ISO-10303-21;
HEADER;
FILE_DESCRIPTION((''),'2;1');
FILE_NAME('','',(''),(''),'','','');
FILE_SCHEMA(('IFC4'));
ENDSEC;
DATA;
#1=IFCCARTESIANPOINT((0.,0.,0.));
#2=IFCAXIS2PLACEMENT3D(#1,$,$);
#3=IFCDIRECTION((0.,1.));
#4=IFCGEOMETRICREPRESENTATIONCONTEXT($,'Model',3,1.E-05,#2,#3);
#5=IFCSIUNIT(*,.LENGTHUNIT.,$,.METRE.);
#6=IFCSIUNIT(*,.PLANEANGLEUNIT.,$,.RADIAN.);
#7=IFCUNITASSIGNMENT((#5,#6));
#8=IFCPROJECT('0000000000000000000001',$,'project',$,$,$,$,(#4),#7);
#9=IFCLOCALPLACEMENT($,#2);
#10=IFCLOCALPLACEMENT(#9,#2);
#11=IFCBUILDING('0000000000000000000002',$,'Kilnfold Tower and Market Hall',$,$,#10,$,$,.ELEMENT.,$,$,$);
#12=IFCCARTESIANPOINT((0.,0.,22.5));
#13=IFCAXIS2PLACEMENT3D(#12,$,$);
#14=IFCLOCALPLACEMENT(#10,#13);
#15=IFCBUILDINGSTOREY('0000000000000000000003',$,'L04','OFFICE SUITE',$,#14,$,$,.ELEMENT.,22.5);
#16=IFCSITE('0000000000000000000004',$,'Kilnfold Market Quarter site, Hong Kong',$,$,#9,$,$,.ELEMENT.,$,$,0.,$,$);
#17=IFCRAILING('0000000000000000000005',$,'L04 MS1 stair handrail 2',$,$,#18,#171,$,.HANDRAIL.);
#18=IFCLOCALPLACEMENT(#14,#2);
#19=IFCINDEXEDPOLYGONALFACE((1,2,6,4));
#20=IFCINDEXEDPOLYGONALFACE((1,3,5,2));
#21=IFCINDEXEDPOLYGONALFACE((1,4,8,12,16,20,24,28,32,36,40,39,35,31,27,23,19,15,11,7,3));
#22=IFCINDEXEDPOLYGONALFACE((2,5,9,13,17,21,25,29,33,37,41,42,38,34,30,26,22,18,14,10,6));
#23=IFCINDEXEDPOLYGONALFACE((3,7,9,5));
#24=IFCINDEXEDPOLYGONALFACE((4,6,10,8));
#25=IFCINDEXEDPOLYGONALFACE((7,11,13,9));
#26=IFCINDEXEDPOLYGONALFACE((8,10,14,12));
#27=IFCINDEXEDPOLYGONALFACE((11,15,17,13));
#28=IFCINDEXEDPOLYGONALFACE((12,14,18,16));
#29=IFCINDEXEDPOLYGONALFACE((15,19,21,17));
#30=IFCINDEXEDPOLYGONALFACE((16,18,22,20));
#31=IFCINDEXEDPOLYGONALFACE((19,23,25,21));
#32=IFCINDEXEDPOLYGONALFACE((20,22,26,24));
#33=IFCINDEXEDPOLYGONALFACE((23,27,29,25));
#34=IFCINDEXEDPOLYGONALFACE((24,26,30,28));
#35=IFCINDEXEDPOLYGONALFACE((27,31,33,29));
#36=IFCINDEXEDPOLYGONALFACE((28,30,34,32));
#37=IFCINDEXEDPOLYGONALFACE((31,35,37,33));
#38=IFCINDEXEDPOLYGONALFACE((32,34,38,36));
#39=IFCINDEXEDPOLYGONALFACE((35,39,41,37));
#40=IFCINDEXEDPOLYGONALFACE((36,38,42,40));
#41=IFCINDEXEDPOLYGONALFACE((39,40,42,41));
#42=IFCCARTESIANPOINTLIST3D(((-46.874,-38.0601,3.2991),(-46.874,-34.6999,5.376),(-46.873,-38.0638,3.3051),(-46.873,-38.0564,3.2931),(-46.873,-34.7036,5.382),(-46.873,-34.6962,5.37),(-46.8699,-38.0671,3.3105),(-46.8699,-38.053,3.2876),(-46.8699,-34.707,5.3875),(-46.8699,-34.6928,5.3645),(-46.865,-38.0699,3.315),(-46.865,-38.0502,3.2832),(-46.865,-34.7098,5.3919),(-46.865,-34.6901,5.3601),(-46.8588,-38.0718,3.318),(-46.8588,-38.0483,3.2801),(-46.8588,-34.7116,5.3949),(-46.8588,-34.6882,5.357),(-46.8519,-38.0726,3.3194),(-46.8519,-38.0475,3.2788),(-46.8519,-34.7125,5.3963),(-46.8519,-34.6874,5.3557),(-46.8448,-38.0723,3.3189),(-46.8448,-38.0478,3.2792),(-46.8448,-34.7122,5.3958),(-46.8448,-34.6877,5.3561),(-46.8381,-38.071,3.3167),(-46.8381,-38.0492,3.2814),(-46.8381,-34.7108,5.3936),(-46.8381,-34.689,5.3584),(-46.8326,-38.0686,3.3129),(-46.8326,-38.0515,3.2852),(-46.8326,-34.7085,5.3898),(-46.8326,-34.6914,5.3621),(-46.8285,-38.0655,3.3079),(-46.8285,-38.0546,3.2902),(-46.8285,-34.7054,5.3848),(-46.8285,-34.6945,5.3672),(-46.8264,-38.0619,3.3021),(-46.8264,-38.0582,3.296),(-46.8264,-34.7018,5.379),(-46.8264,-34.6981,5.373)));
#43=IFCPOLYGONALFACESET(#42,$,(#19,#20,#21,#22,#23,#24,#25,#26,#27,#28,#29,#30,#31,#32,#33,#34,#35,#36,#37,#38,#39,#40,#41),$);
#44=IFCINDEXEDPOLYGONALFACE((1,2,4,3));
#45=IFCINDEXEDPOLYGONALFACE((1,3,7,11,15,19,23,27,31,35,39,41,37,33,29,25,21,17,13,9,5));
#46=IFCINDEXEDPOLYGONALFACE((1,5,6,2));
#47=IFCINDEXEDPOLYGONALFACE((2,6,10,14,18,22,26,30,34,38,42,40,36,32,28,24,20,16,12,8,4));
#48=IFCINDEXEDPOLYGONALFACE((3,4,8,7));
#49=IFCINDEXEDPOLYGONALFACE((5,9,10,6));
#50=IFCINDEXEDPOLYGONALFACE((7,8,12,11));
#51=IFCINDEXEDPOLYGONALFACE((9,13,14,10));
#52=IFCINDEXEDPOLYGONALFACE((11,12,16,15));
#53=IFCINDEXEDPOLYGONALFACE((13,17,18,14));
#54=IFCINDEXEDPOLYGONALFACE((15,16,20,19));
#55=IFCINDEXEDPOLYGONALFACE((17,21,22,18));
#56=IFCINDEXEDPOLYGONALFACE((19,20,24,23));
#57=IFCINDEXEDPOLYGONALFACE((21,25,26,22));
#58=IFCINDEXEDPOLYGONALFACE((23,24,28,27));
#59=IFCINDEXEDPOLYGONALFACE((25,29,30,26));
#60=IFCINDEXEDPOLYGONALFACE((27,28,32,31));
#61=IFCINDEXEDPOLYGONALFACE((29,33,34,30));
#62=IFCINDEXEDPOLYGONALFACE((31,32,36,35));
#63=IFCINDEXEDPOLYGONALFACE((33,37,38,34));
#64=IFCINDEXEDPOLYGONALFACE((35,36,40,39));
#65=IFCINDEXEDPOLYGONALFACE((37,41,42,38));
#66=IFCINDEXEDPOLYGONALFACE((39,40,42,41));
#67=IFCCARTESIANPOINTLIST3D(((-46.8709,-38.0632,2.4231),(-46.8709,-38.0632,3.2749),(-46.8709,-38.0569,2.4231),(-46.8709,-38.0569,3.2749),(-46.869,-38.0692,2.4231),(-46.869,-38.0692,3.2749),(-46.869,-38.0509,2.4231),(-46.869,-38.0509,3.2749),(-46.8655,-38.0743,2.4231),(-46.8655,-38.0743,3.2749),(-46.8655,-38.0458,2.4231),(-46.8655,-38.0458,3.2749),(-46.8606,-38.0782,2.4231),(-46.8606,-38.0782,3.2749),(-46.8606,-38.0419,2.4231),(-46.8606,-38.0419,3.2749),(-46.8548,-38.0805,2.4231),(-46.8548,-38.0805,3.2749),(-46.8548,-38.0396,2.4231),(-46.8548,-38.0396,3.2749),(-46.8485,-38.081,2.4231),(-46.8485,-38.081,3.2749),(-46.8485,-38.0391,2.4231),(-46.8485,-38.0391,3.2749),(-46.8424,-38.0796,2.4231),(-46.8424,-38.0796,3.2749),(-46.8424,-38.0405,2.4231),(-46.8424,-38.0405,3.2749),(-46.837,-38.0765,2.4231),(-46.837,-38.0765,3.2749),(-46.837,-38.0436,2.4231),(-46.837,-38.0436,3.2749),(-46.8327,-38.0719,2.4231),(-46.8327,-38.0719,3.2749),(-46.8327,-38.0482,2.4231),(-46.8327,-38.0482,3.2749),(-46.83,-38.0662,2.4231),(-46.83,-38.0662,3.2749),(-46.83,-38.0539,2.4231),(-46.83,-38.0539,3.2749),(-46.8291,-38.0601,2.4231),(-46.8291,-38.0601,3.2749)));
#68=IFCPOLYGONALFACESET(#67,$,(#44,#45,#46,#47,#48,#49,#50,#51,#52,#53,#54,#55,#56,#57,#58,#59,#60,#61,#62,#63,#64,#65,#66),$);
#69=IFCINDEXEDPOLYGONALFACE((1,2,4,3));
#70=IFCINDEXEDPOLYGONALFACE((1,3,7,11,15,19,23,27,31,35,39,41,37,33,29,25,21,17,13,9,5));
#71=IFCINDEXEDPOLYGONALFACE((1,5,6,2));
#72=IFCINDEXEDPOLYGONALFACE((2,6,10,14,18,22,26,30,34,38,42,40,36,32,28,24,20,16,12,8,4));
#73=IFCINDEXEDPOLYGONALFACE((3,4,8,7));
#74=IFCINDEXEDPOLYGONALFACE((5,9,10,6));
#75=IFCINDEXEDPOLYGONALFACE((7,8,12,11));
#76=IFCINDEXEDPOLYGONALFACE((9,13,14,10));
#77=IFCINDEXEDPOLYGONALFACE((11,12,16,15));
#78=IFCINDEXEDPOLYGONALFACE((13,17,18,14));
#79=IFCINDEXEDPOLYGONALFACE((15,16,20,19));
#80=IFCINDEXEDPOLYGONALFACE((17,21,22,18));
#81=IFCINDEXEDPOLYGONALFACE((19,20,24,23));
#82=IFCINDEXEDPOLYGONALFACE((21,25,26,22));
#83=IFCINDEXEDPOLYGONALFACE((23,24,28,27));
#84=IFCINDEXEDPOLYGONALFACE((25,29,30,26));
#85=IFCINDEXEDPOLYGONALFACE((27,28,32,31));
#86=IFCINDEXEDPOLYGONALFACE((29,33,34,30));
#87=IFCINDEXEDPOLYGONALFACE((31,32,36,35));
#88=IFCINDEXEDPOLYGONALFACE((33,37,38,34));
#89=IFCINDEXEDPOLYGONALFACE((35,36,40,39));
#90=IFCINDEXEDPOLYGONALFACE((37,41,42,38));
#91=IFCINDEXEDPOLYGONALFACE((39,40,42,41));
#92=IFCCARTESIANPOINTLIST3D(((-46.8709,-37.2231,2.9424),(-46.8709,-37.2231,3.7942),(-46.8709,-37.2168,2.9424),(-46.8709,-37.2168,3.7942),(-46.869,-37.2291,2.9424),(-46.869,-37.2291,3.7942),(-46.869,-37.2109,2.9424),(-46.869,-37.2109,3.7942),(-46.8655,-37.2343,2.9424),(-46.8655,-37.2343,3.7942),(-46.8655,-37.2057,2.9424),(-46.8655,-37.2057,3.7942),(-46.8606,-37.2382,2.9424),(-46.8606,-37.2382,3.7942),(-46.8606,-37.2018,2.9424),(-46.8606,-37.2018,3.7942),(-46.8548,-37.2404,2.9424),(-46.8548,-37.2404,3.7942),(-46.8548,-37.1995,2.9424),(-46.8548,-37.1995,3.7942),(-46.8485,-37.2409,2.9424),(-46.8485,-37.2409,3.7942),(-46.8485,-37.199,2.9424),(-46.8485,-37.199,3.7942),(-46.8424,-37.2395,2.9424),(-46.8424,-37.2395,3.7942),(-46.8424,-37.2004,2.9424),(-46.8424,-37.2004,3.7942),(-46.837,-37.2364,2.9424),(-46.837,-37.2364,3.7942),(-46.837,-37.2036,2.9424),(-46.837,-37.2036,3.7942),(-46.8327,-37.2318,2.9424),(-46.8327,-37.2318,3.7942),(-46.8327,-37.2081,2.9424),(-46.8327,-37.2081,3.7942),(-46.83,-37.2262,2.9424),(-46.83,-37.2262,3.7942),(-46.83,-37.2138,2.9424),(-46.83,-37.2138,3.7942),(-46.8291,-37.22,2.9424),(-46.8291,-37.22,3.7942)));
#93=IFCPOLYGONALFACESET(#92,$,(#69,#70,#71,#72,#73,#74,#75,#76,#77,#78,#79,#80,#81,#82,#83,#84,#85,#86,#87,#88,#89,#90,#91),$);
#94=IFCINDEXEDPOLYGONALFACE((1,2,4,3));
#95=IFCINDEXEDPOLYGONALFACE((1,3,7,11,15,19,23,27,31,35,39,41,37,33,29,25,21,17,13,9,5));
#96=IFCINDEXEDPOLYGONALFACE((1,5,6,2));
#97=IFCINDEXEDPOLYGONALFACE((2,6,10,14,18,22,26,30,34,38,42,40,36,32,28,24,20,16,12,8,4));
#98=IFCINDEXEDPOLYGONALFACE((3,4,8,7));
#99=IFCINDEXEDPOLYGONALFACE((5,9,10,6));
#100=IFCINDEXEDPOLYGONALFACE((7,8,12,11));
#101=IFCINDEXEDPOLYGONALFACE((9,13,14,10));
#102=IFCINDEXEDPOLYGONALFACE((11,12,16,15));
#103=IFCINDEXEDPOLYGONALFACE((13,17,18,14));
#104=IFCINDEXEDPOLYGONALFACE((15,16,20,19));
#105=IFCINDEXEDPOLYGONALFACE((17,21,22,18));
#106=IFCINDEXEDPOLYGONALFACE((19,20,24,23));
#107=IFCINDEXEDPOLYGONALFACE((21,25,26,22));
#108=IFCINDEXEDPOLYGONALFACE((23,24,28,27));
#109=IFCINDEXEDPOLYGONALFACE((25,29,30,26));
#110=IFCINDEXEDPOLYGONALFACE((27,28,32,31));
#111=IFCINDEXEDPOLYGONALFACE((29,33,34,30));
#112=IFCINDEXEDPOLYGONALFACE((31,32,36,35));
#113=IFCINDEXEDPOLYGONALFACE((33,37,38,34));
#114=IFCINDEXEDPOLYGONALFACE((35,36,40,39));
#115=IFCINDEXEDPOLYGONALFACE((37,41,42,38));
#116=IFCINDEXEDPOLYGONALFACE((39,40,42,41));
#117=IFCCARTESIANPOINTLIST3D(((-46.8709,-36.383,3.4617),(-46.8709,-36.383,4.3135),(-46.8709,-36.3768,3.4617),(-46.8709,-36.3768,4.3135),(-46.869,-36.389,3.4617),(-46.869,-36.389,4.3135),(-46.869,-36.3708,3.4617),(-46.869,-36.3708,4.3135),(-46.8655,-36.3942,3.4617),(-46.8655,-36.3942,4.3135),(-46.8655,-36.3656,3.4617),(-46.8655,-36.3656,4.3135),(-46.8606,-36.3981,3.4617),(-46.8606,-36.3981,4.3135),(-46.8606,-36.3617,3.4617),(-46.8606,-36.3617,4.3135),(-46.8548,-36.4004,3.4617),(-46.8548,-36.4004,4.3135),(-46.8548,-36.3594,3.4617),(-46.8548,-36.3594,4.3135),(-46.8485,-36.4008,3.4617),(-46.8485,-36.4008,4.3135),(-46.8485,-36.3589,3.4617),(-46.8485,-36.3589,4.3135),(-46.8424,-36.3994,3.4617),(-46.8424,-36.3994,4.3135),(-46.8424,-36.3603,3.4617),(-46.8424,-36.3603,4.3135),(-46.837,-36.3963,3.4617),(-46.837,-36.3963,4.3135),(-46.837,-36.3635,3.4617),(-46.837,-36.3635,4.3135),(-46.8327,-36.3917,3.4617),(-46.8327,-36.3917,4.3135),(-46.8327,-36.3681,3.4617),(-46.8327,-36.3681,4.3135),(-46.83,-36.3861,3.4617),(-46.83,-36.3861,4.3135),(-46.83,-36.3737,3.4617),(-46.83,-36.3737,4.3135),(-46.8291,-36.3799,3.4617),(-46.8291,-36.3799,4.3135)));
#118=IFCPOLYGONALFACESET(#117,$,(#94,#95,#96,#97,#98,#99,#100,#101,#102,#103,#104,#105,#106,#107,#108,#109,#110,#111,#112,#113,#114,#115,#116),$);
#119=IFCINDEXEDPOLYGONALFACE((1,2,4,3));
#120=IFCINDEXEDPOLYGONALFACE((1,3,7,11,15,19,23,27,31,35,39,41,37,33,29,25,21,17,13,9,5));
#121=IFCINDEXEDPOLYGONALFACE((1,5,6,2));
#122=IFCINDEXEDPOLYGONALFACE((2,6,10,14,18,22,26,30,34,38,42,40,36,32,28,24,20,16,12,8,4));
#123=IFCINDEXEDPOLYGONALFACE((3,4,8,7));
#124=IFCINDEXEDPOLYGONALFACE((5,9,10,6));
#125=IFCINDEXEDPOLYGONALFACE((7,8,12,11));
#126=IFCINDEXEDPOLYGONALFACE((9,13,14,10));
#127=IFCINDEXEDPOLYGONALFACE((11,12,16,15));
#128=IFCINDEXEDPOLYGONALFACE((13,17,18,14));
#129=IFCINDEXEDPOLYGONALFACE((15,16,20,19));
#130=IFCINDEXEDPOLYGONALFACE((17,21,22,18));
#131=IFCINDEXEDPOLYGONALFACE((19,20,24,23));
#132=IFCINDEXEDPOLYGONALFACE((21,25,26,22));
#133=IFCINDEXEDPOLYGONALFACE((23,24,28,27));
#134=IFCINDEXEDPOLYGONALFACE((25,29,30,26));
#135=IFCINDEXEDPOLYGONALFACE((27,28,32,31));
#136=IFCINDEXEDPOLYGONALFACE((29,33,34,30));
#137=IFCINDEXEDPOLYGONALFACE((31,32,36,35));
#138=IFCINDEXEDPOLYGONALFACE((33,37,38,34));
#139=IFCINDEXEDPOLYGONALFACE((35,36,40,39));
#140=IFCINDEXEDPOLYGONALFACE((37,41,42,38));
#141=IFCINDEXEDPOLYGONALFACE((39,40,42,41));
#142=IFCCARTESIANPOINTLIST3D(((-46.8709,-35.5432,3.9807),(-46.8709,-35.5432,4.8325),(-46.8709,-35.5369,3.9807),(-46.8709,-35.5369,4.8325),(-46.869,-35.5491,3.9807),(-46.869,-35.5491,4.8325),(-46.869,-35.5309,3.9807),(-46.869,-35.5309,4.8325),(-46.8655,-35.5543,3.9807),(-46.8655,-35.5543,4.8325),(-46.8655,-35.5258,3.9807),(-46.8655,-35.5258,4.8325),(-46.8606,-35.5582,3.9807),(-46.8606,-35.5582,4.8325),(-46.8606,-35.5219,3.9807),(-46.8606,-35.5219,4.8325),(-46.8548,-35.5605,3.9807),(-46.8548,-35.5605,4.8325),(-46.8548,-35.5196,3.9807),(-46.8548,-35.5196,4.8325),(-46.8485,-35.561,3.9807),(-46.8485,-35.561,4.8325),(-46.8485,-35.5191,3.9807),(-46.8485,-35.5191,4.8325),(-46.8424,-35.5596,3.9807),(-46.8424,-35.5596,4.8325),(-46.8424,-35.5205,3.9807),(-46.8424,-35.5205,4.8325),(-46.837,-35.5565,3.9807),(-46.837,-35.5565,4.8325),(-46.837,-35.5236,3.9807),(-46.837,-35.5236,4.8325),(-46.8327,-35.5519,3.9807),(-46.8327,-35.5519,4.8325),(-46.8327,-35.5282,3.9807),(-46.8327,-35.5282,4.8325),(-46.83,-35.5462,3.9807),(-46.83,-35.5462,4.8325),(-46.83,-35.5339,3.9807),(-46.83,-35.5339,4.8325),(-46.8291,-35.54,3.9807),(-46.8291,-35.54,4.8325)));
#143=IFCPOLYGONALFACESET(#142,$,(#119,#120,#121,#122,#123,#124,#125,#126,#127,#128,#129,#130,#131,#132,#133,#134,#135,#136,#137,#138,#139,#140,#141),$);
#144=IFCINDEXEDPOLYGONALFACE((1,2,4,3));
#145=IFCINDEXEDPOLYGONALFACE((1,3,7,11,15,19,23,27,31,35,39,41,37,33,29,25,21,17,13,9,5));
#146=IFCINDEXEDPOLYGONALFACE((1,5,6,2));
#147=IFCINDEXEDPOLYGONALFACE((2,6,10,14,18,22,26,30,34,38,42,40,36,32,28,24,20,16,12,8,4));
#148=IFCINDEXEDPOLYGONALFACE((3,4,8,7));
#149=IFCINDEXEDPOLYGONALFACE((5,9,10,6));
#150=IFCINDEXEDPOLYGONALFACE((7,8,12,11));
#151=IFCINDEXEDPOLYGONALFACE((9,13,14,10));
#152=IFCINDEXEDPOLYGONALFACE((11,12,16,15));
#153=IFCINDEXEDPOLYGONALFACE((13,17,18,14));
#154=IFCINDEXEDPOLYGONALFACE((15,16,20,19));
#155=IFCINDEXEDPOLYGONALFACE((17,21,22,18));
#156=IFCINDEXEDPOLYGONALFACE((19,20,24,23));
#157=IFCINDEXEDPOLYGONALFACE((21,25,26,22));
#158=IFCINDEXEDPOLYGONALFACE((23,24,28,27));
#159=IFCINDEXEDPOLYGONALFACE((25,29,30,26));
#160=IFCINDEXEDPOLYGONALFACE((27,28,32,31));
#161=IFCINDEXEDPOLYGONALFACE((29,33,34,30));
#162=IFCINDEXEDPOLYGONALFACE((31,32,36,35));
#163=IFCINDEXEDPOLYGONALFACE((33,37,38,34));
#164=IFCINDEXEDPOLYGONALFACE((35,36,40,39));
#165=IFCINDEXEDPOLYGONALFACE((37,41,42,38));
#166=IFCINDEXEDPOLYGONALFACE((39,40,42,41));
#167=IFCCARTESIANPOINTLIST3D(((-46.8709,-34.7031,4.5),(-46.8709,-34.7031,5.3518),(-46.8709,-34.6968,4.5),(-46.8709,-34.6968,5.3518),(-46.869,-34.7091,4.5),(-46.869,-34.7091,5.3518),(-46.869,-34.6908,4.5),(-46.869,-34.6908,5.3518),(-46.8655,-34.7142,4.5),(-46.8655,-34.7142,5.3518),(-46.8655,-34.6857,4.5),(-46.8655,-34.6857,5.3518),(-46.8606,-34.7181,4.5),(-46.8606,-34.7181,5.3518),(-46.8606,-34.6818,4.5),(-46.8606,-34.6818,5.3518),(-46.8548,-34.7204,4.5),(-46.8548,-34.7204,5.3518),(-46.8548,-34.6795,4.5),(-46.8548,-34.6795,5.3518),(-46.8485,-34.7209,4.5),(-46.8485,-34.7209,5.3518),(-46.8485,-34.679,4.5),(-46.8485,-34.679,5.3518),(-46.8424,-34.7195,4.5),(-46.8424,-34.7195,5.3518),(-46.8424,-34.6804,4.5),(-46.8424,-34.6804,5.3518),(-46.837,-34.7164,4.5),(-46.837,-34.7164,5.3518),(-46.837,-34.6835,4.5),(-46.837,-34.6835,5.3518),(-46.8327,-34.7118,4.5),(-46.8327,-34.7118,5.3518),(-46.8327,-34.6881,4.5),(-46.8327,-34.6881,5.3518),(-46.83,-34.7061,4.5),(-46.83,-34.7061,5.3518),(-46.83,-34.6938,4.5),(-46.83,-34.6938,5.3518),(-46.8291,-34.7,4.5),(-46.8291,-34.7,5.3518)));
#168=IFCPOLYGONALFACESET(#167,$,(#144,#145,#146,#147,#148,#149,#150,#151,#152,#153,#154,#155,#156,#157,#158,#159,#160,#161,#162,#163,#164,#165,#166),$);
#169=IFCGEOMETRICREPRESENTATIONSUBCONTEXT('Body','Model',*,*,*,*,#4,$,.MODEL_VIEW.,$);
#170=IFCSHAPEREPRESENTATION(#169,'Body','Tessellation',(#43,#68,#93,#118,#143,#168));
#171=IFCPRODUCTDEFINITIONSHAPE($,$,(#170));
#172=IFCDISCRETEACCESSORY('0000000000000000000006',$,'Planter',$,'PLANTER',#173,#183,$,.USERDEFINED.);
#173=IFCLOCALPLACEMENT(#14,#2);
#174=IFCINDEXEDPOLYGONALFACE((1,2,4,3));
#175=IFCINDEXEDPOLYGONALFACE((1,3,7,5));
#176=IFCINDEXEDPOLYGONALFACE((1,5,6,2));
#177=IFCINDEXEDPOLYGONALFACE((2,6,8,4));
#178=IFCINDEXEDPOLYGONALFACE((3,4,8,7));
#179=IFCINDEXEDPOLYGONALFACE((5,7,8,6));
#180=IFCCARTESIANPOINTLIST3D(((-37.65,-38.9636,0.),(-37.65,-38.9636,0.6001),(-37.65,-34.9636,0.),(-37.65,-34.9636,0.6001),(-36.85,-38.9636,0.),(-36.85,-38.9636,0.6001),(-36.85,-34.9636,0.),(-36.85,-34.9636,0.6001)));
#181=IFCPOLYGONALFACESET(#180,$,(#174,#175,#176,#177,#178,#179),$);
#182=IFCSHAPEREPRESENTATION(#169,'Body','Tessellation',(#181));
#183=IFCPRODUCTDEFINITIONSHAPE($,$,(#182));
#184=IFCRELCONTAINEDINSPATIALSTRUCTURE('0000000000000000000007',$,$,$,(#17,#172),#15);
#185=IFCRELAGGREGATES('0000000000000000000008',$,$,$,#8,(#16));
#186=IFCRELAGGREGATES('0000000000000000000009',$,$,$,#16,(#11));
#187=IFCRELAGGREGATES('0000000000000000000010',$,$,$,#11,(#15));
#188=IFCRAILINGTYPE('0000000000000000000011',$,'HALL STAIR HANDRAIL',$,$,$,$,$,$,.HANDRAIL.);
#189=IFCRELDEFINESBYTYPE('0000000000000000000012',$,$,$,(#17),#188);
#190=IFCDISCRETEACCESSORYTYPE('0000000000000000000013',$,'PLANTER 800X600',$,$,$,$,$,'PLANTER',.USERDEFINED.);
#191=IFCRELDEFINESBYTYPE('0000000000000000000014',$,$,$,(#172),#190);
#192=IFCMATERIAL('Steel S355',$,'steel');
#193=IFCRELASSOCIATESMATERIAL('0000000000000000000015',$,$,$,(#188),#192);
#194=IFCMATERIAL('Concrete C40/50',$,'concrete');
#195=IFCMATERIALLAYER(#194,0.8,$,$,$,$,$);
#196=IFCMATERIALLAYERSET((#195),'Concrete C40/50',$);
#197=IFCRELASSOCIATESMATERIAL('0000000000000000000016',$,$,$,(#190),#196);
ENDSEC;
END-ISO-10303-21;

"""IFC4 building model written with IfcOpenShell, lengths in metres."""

from ifc_helpers import new_model, si_unit, direction, frame, origin, origin_2d, place, context, subcontext, project, spatial, rectangle, circle, extrude, source, transform, mapped, material, layer, layer_set, type_object, element, save


model = new_model("IFC4")

# Units and contexts
model_context = context("Model", 3, precision=1e-05, world=origin(), true_north=direction((0.0, 1.0)))
body_context = subcontext(model_context, "Body", "Model", "MODEL_VIEW")
ifc_project = project(units=[si_unit("LENGTHUNIT", "METRE"), si_unit("PLANEANGLEUNIT", "RADIAN")], contexts=[model_context])

# Site, building, storey
site_placement = place(None, origin())
site = spatial("IfcSite", under=ifc_project, at=site_placement, Name="Kilnfold Market Quarter site, Hong Kong", CompositionType="ELEMENT", RefElevation=0.0)
building_placement = place(site_placement, origin())
building = spatial("IfcBuilding", under=site, at=building_placement, Name="Kilnfold Tower and Market Hall", CompositionType="ELEMENT")
storey_placement = place(building_placement, frame((0.0, 0.0, 22.5)))
storey = spatial("IfcBuildingStorey", under=building, at=storey_placement, Name="L04", Description="OFFICE SUITE", CompositionType="ELEMENT", Elevation=22.5)

# Railing
ifc_material_1 = material(Name="Steel S355", Category="steel")
railing_type_1 = type_object("IfcRailingType", Name="HALL STAIR HANDRAIL", PredefinedType="HANDRAIL", material=ifc_material_1)
railing_1_placement = place(storey_placement, frame((-46.8501, -38.0601, 2.4231)))
element("IfcRailing", 1, at=railing_1_placement, inside=storey, type_object=railing_type_1, Name="L04 MS1 stair handrail 2", PredefinedType="HANDRAIL", context=body_context, shape_type="SweptSolid", body=[
    extrude(circle(Radius=0.0239, at=origin_2d()), frame((0.0, 0.0, 0.876), z_axis=(0.0, 0.850623, 0.525776), x_axis=(-1.0, 0.0, 0.0)), (0.0, 0.0, 1.0), 3.9502),
    extrude(circle(Radius=0.021, at=origin_2d()), origin(), (0.0, 0.0, 1.0), 0.8518),
    extrude(circle(Radius=0.021, at=origin_2d()), frame((0.0, 0.8401, 0.5193)), (0.0, 0.0, 1.0), 0.8518),
    extrude(circle(Radius=0.021, at=origin_2d()), frame((0.0, 1.6802, 1.0386)), (0.0, 0.0, 1.0), 0.8518),
    extrude(circle(Radius=0.021, at=origin_2d()), frame((0.0, 2.52, 1.5576)), (0.0, 0.0, 1.0), 0.8518),
    extrude(circle(Radius=0.021, at=origin_2d()), frame((0.0, 3.3601, 2.0769)), (0.0, 0.0, 1.0), 0.8518),
])

# Discrete accessory
ifc_material_2 = material(Name="Concrete C40/50", Category="concrete")
ifc_layer_1 = layer(ifc_material_2, 0.8)
ifc_layer_set_1 = layer_set([ifc_layer_1], Name="Concrete C40/50")
discrete_accessory_type = type_object("IfcDiscreteAccessoryType", Name="PLANTER 800X600", ElementType="PLANTER", PredefinedType="USERDEFINED", material=ifc_layer_set_1)
shared_shape_1 = source(origin(), body_context, "Body", "SweptSolid", [
    extrude(rectangle(XDim=4.0, YDim=0.8, at=origin_2d()), origin(), (0.0, 0.0, 1.0), 0.6001),
])
discrete_accessory_placement = place(storey_placement, frame((-37.25, -36.9636, 0.0), z_axis=(0.0, 0.0, 1.0), x_axis=(0.0, -1.0, 0.0)))
element("IfcDiscreteAccessory", 2, at=discrete_accessory_placement, inside=storey, type_object=discrete_accessory_type, Name="Planter", ObjectType="PLANTER", PredefinedType="USERDEFINED", context=body_context, shape_type="MappedRepresentation", body=[
    mapped(shared_shape_1, transform((0.0, 0.0, 0.0))),
])

save(model, "model.ifc")
